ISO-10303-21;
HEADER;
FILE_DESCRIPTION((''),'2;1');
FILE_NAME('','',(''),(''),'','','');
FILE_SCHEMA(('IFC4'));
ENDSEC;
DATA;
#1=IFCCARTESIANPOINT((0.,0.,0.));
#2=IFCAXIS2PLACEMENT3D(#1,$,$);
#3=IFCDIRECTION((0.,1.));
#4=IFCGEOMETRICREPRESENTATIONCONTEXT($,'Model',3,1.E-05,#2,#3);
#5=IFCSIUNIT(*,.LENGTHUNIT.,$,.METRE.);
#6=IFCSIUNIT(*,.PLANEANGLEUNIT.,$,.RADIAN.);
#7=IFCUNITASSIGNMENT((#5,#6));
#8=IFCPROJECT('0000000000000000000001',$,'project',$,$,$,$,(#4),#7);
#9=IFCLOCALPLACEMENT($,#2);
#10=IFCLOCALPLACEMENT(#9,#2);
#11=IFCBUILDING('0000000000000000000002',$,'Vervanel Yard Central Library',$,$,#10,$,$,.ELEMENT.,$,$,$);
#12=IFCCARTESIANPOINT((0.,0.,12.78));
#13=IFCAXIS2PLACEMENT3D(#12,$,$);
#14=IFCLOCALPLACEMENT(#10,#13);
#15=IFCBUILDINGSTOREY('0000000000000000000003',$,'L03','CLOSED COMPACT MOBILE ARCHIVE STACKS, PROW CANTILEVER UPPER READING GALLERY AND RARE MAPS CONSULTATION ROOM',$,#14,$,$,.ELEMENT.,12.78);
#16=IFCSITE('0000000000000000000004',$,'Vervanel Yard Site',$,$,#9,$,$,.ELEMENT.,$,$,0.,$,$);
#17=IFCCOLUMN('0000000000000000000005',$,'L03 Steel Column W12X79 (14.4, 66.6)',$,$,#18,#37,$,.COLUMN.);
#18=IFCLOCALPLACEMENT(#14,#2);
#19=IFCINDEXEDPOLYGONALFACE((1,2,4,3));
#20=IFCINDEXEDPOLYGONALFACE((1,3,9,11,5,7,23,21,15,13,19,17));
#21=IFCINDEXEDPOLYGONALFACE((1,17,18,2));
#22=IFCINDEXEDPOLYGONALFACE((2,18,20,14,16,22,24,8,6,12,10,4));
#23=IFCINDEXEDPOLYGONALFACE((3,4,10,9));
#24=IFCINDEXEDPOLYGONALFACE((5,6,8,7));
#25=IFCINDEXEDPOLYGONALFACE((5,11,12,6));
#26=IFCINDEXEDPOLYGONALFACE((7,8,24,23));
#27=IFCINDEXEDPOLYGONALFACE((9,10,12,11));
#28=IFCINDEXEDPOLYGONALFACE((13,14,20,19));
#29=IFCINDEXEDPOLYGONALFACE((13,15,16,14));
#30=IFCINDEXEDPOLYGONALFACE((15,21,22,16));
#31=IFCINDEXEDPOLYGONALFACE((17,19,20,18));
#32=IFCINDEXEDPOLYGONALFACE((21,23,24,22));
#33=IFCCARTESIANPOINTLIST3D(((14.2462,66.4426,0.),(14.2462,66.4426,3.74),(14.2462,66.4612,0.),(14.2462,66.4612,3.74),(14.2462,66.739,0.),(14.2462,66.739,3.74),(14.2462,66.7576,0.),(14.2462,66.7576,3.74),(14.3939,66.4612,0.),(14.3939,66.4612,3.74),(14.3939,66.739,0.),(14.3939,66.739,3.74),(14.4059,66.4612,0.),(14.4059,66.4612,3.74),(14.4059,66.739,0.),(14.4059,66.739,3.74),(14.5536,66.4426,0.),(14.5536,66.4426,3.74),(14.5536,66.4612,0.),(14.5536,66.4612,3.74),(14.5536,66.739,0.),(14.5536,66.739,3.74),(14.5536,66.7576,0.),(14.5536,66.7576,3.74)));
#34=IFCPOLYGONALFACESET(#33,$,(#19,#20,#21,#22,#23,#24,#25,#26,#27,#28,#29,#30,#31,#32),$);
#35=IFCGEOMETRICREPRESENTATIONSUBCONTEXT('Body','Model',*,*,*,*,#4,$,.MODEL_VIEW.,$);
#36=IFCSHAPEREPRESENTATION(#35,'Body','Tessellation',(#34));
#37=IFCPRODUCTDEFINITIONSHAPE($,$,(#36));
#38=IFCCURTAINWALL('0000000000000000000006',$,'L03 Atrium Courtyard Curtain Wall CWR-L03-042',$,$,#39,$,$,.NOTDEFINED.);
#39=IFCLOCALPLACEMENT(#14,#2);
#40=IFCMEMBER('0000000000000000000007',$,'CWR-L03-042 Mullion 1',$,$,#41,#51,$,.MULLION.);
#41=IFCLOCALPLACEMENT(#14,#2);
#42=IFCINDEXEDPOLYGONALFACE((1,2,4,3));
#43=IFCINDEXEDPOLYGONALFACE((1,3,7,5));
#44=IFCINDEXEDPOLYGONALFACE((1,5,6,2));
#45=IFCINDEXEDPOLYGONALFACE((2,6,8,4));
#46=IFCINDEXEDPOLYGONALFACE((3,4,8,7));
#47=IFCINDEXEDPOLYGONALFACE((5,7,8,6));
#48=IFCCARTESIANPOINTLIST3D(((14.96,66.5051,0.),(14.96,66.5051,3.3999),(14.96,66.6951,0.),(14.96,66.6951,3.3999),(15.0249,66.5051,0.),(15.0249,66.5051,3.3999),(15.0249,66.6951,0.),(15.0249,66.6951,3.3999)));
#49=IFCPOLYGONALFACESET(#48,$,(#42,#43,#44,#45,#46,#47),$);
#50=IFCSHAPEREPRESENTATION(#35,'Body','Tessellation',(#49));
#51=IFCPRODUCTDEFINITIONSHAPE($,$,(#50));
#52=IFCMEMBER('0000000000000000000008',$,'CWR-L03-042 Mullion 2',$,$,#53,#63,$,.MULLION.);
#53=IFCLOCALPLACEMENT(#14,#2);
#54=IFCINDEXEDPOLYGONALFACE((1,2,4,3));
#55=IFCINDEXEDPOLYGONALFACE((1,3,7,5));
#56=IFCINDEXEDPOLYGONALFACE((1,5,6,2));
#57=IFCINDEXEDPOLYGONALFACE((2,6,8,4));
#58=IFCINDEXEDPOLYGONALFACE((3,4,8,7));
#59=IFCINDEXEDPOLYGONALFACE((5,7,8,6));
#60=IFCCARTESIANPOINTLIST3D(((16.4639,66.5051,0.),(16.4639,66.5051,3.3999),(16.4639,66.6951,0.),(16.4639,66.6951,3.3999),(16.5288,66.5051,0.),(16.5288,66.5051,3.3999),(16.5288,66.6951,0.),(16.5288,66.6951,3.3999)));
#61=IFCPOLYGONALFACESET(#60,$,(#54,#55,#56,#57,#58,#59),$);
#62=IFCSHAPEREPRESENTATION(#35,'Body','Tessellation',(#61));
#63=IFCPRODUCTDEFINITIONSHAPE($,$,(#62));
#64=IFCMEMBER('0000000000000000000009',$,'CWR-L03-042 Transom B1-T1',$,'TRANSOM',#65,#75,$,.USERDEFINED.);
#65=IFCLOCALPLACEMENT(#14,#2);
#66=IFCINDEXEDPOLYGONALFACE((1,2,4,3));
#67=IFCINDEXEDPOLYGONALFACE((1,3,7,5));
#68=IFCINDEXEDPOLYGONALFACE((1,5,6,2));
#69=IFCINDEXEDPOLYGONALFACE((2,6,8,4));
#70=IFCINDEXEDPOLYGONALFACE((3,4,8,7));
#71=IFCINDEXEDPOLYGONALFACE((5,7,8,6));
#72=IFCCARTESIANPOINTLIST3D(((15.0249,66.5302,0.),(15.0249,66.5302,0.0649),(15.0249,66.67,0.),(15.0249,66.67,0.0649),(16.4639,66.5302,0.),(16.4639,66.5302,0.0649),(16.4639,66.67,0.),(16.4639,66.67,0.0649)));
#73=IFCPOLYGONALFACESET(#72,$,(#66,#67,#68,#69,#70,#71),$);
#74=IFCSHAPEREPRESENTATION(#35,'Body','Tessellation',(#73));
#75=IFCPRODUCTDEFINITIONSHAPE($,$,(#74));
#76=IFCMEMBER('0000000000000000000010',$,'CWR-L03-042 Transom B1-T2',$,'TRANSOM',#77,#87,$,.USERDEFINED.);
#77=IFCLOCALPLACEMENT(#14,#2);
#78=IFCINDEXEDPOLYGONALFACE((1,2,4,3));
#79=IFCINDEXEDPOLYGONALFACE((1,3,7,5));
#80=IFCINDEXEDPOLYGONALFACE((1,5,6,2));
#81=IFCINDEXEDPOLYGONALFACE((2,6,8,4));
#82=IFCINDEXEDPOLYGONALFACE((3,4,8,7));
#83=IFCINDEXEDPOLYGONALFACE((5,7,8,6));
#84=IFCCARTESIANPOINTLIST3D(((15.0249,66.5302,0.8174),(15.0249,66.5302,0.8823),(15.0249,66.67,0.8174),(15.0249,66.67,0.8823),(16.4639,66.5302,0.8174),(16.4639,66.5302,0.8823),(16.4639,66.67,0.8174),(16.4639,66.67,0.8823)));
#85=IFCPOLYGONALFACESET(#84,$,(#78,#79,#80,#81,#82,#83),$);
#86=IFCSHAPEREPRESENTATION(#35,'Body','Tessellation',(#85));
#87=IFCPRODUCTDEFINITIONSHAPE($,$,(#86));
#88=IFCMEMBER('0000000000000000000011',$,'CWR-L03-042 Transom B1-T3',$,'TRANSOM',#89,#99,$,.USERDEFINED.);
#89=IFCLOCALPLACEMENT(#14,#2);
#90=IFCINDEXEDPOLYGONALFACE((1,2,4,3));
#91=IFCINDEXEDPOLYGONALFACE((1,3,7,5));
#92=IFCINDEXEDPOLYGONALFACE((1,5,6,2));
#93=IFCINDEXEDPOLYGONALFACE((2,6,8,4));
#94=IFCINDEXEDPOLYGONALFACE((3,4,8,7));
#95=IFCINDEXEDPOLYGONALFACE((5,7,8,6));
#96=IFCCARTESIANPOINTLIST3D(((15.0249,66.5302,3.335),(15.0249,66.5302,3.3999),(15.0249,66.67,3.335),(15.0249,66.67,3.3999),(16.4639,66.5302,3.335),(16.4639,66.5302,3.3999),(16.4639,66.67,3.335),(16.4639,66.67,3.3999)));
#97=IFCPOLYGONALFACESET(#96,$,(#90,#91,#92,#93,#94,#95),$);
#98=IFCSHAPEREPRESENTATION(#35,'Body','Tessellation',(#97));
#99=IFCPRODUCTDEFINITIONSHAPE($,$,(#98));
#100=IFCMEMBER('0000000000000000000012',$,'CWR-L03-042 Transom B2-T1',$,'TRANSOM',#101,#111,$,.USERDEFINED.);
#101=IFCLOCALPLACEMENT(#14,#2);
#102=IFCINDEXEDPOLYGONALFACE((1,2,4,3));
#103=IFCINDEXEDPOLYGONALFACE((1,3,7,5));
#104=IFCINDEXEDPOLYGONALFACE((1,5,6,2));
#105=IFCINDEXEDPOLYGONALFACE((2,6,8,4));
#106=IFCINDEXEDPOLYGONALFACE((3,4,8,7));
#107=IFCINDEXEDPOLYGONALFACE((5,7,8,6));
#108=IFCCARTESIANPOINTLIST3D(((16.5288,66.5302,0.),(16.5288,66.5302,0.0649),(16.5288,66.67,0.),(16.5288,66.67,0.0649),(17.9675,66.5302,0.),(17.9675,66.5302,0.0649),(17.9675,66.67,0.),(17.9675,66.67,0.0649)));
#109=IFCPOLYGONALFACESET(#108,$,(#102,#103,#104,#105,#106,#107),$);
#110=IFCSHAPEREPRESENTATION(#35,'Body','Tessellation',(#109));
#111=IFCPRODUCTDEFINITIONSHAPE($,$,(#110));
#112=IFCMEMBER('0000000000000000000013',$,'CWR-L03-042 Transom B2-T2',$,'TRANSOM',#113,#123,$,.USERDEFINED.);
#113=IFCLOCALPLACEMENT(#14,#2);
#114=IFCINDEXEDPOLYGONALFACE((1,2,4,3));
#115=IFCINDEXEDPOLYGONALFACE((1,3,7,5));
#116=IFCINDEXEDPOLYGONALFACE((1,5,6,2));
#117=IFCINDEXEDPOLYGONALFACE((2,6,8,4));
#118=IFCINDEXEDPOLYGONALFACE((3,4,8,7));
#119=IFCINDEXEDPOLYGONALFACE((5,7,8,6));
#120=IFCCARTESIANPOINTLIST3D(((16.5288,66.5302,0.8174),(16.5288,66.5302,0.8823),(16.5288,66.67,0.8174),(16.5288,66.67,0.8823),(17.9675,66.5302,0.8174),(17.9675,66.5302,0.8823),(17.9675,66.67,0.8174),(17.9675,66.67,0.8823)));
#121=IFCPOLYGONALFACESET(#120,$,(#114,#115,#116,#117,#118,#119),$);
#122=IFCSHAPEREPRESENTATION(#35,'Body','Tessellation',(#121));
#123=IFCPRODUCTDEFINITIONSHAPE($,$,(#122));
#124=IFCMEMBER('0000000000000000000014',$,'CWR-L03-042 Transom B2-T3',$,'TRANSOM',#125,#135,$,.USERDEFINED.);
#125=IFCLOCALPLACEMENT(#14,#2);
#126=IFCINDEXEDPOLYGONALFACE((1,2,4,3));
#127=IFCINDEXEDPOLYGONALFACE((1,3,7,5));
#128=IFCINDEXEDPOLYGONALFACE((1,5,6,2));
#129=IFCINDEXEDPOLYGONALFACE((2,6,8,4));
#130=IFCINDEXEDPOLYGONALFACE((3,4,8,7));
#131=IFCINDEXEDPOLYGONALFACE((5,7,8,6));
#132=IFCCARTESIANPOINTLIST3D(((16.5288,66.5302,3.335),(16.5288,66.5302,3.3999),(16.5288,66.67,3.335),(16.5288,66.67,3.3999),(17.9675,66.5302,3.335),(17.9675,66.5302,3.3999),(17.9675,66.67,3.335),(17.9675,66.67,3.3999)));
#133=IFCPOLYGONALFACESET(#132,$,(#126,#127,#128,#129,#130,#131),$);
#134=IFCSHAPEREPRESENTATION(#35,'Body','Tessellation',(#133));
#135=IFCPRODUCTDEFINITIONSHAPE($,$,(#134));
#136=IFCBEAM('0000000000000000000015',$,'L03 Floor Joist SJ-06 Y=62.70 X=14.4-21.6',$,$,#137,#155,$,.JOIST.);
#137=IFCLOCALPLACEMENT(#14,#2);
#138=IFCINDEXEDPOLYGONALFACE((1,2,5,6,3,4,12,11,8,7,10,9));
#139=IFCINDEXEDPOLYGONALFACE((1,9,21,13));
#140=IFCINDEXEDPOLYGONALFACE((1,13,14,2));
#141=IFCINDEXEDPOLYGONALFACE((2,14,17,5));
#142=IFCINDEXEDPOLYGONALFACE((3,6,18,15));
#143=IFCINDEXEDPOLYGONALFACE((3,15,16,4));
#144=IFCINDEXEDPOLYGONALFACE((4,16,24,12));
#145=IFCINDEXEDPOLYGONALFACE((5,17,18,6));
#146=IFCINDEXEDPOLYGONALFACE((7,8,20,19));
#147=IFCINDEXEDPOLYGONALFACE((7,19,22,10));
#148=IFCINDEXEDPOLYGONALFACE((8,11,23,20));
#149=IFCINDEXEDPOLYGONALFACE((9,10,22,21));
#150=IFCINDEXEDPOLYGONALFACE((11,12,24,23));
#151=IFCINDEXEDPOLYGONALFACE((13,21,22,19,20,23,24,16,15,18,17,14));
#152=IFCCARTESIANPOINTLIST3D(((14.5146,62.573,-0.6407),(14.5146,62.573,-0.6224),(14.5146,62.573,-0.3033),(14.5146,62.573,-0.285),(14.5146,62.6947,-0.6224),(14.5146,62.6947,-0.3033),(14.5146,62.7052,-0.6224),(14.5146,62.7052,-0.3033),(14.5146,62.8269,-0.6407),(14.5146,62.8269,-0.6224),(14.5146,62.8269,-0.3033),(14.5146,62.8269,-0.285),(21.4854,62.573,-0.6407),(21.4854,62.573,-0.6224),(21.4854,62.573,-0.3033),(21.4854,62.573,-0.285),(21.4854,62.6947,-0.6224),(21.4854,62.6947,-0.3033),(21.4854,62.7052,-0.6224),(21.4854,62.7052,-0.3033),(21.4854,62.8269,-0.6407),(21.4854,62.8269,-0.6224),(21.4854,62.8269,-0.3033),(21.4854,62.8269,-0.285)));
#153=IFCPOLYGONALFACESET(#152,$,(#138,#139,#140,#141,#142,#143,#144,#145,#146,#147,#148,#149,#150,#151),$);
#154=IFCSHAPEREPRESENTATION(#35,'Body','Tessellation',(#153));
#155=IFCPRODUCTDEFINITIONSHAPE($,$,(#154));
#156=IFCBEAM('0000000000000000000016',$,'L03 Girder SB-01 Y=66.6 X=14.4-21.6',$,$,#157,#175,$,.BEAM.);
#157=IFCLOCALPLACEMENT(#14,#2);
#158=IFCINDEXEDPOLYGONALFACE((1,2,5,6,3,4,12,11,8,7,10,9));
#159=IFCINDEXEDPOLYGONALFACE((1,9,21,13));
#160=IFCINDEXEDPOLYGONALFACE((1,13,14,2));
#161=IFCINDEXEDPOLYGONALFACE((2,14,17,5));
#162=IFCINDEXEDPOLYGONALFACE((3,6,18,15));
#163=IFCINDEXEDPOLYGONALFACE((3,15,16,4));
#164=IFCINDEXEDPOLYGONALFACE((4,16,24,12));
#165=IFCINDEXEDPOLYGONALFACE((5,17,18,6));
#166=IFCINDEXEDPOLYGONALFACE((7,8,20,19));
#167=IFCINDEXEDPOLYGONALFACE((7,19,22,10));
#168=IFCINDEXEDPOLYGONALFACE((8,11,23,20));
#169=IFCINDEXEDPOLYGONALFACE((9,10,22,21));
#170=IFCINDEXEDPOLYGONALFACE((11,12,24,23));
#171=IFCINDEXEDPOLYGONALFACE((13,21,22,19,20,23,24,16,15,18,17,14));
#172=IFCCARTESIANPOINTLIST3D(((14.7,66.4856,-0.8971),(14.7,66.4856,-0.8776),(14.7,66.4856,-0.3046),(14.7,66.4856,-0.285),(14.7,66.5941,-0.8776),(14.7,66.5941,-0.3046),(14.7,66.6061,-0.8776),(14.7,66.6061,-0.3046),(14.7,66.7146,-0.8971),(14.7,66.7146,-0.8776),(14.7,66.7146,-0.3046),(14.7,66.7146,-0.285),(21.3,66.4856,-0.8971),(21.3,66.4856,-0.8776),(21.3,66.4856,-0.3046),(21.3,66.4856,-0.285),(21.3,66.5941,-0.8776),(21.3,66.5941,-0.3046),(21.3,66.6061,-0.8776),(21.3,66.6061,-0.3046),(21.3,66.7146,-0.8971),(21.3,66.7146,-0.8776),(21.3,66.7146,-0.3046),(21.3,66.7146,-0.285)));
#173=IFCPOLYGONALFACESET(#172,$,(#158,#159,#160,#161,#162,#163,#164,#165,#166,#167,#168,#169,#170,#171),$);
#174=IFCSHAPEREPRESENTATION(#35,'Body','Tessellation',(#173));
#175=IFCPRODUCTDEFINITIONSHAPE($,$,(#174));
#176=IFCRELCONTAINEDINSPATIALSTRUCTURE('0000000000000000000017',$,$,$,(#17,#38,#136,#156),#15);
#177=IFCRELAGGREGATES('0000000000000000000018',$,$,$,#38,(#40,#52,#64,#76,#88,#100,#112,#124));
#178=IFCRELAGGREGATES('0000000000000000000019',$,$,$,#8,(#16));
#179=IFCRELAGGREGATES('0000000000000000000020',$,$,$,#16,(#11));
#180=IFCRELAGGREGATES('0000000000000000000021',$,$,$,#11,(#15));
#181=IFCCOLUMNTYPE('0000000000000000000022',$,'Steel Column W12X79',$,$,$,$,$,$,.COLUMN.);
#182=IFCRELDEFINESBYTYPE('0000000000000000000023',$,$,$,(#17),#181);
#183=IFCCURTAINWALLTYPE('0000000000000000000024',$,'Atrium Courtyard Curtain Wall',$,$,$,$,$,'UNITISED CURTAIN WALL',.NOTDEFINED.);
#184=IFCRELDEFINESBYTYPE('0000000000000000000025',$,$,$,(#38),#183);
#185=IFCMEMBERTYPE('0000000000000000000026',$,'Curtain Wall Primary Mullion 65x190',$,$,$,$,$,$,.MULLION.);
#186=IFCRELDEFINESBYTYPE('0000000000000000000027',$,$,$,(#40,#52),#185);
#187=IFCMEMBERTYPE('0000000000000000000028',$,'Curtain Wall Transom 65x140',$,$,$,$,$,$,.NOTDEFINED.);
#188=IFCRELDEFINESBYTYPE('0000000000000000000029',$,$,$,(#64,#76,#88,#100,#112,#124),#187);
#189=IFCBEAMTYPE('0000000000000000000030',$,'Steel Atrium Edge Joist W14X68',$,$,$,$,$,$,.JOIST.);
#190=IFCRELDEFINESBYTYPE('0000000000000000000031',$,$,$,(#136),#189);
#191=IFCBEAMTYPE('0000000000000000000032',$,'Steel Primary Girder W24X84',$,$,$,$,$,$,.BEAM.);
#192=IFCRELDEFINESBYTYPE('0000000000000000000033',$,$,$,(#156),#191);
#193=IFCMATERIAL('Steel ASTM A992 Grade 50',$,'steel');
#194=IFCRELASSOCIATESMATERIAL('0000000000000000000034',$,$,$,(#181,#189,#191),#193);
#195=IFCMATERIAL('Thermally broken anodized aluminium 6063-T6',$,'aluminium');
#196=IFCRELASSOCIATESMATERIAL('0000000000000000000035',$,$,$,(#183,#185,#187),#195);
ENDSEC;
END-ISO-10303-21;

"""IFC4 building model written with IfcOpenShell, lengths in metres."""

from ifc_helpers import new_model, si_unit, direction, frame, origin, origin_2d, place, context, subcontext, project, spatial, rectangle, i_section, extrude, material, material_profile, profile_set, type_object, element, aggregate, save


model = new_model("IFC4")

# Units and contexts
model_context = context("Model", 3, precision=1e-05, world=origin(), true_north=direction((0.0, 1.0)))
body_context = subcontext(model_context, "Body", "Model", "MODEL_VIEW")
ifc_project = project(units=[si_unit("LENGTHUNIT", "METRE"), si_unit("PLANEANGLEUNIT", "RADIAN")], contexts=[model_context])

# Site, building, storey
site_placement = place(None, origin())
site = spatial("IfcSite", under=ifc_project, at=site_placement, Name="Vervanel Yard Site", CompositionType="ELEMENT", RefElevation=0.0)
building_placement = place(site_placement, origin())
building = spatial("IfcBuilding", under=site, at=building_placement, Name="Vervanel Yard Central Library", CompositionType="ELEMENT")
storey_placement = place(building_placement, frame((0.0, 0.0, 12.78)))
storey = spatial("IfcBuildingStorey", under=building, at=storey_placement, Name="L03", Description="CLOSED COMPACT MOBILE ARCHIVE STACKS, PROW CANTILEVER UPPER READING GALLERY AND RARE MAPS CONSULTATION ROOM", CompositionType="ELEMENT", Elevation=12.78)

# Column
ifc_material_1 = material(Name="Steel ASTM A992 Grade 50", Category="steel")
ifc_material_profile_1 = material_profile(ifc_material_1, i_section(OverallWidth=0.3074, OverallDepth=0.3149, WebThickness=0.012, FlangeThickness=0.0186, at=origin_2d()), Name="W12X79", Category="steel")
ifc_profile_set_1 = profile_set([ifc_material_profile_1], Name="Steel ASTM A992 Grade 50")
column_type = type_object("IfcColumnType", Name="Steel Column W12X79", PredefinedType="COLUMN", material=ifc_profile_set_1)
column_placement = place(storey_placement, frame((14.3999, 66.6001, 0.0), z_axis=(0.0, 0.0, 1.0), x_axis=(1.0, 0.0, 0.0)))
element("IfcColumn", 1, at=column_placement, inside=storey, type_object=column_type, Name="L03 Steel Column W12X79 (14.4, 66.6)", PredefinedType="COLUMN", context=body_context, shape_type="SweptSolid", body=[
    extrude(i_section(OverallWidth=0.3074, OverallDepth=0.3149, WebThickness=0.012, FlangeThickness=0.0186, at=origin_2d()), origin(), (0.0, 0.0, 1.0), 3.74),
])

# Curtain wall, members
ifc_material_2 = material(Name="Thermally broken anodized aluminium 6063-T6", Category="aluminium")
curtain_wall_type = type_object("IfcCurtainWallType", Name="Atrium Courtyard Curtain Wall", ElementType="UNITISED CURTAIN WALL", PredefinedType="NOTDEFINED", material=ifc_material_2)
curtain_wall_placement = place(storey_placement, origin())
curtain_wall = element("IfcCurtainWall", 2, at=curtain_wall_placement, inside=storey, type_object=curtain_wall_type, Name="L03 Atrium Courtyard Curtain Wall CWR-L03-042", PredefinedType="NOTDEFINED")
ifc_material_profile_2 = material_profile(ifc_material_2, rectangle(XDim=0.0649, YDim=0.1899, at=origin_2d()), Name="ALU 65x190", Category="aluminium")
ifc_profile_set_2 = profile_set([ifc_material_profile_2], Name="Thermally broken anodized aluminium 6063-T6")
member_type_1 = type_object("IfcMemberType", Name="Curtain Wall Primary Mullion 65x190", PredefinedType="MULLION", material=ifc_profile_set_2)
member_1_placement = place(storey_placement, frame((14.9924, 66.6001, 0.0), z_axis=(0.0, 0.0, 1.0), x_axis=(1.0, 0.0, 0.0)))
member_1 = element("IfcMember", 3, at=member_1_placement, type_object=member_type_1, Name="CWR-L03-042 Mullion 1", PredefinedType="MULLION", context=body_context, shape_type="SweptSolid", body=[
    extrude(rectangle(XDim=0.0649, YDim=0.1899, at=origin_2d()), origin(), (0.0, 0.0, 1.0), 3.3999),
])
member_2_placement = place(storey_placement, frame((16.4963, 66.6001, 0.0), z_axis=(0.0, 0.0, 1.0), x_axis=(1.0, 0.0, 0.0)))
member_2 = element("IfcMember", 4, at=member_2_placement, type_object=member_type_1, Name="CWR-L03-042 Mullion 2", PredefinedType="MULLION", context=body_context, shape_type="SweptSolid", body=[
    extrude(rectangle(XDim=0.0649, YDim=0.1899, at=origin_2d()), origin(), (0.0, 0.0, 1.0), 3.3999),
])
ifc_material_profile_3 = material_profile(ifc_material_2, rectangle(XDim=0.0649, YDim=0.1399, at=origin_2d()), Name="ALU 65x140", Category="aluminium")
ifc_profile_set_3 = profile_set([ifc_material_profile_3], Name="Thermally broken anodized aluminium 6063-T6")
member_type_2 = type_object("IfcMemberType", Name="Curtain Wall Transom 65x140", PredefinedType="NOTDEFINED", material=ifc_profile_set_3)
member_3_placement = place(storey_placement, frame((15.0249, 66.6001, 0.0325), z_axis=(1.0, 0.0, 0.0), x_axis=(0.0, 0.0, 1.0)))
member_3 = element("IfcMember", 5, at=member_3_placement, type_object=member_type_2, Name="CWR-L03-042 Transom B1-T1", ObjectType="TRANSOM", PredefinedType="USERDEFINED", context=body_context, shape_type="SweptSolid", body=[
    extrude(rectangle(XDim=0.0649, YDim=0.1399, at=origin_2d()), origin(), (0.0, 0.0, 1.0), 1.439),
])
member_4_placement = place(storey_placement, frame((15.0249, 66.6001, 0.8499), z_axis=(1.0, 0.0, 0.0), x_axis=(0.0, 0.0, 1.0)))
member_4 = element("IfcMember", 6, at=member_4_placement, type_object=member_type_2, Name="CWR-L03-042 Transom B1-T2", ObjectType="TRANSOM", PredefinedType="USERDEFINED", context=body_context, shape_type="SweptSolid", body=[
    extrude(rectangle(XDim=0.0649, YDim=0.1399, at=origin_2d()), origin(), (0.0, 0.0, 1.0), 1.439),
])
member_5_placement = place(storey_placement, frame((15.0249, 66.6001, 3.3674), z_axis=(1.0, 0.0, 0.0), x_axis=(0.0, 0.0, 1.0)))
member_5 = element("IfcMember", 7, at=member_5_placement, type_object=member_type_2, Name="CWR-L03-042 Transom B1-T3", ObjectType="TRANSOM", PredefinedType="USERDEFINED", context=body_context, shape_type="SweptSolid", body=[
    extrude(rectangle(XDim=0.0649, YDim=0.1399, at=origin_2d()), origin(), (0.0, 0.0, 1.0), 1.439),
])
member_6_placement = place(storey_placement, frame((16.5288, 66.6001, 0.0325), z_axis=(1.0, 0.0, 0.0), x_axis=(0.0, 0.0, 1.0)))
member_6 = element("IfcMember", 8, at=member_6_placement, type_object=member_type_2, Name="CWR-L03-042 Transom B2-T1", ObjectType="TRANSOM", PredefinedType="USERDEFINED", context=body_context, shape_type="SweptSolid", body=[
    extrude(rectangle(XDim=0.0649, YDim=0.1399, at=origin_2d()), origin(), (0.0, 0.0, 1.0), 1.4387),
])
member_7_placement = place(storey_placement, frame((16.5288, 66.6001, 0.8499), z_axis=(1.0, 0.0, 0.0), x_axis=(0.0, 0.0, 1.0)))
member_7 = element("IfcMember", 9, at=member_7_placement, type_object=member_type_2, Name="CWR-L03-042 Transom B2-T2", ObjectType="TRANSOM", PredefinedType="USERDEFINED", context=body_context, shape_type="SweptSolid", body=[
    extrude(rectangle(XDim=0.0649, YDim=0.1399, at=origin_2d()), origin(), (0.0, 0.0, 1.0), 1.4387),
])
member_8_placement = place(storey_placement, frame((16.5288, 66.6001, 3.3674), z_axis=(1.0, 0.0, 0.0), x_axis=(0.0, 0.0, 1.0)))
member_8 = element("IfcMember", 10, at=member_8_placement, type_object=member_type_2, Name="CWR-L03-042 Transom B2-T3", ObjectType="TRANSOM", PredefinedType="USERDEFINED", context=body_context, shape_type="SweptSolid", body=[
    extrude(rectangle(XDim=0.0649, YDim=0.1399, at=origin_2d()), origin(), (0.0, 0.0, 1.0), 1.4387),
])

# Beams
ifc_material_profile_4 = material_profile(ifc_material_1, i_section(OverallWidth=0.2539, OverallDepth=0.3557, WebThickness=0.0105, FlangeThickness=0.0183, at=origin_2d()), Name="W14X68", Category="steel")
ifc_profile_set_4 = profile_set([ifc_material_profile_4], Name="Steel ASTM A992 Grade 50")
beam_type_1 = type_object("IfcBeamType", Name="Steel Atrium Edge Joist W14X68", PredefinedType="JOIST", material=ifc_profile_set_4)
beam_1_placement = place(storey_placement, frame((14.5146, 62.7, -0.4629), z_axis=(1.0, 0.0, 0.0), x_axis=(0.0, 1.0, 0.0)))
element("IfcBeam", 11, at=beam_1_placement, inside=storey, type_object=beam_type_1, Name="L03 Floor Joist SJ-06 Y=62.70 X=14.4-21.6", PredefinedType="JOIST", context=body_context, shape_type="SweptSolid", body=[
    extrude(i_section(OverallWidth=0.2539, OverallDepth=0.3557, WebThickness=0.0105, FlangeThickness=0.0183, at=origin_2d()), origin(), (0.0, 0.0, 1.0), 6.9707),
])
ifc_material_profile_5 = material_profile(ifc_material_1, i_section(OverallWidth=0.229, OverallDepth=0.6121, WebThickness=0.012, FlangeThickness=0.0195, at=origin_2d()), Name="W24X84", Category="steel")
ifc_profile_set_5 = profile_set([ifc_material_profile_5], Name="Steel ASTM A992 Grade 50")
beam_type_2 = type_object("IfcBeamType", Name="Steel Primary Girder W24X84", PredefinedType="BEAM", material=ifc_profile_set_5)
beam_2_placement = place(storey_placement, frame((14.7, 66.6001, -0.5911), z_axis=(1.0, 0.0, 0.0), x_axis=(0.0, 1.0, 0.0)))
element("IfcBeam", 12, at=beam_2_placement, inside=storey, type_object=beam_type_2, Name="L03 Girder SB-01 Y=66.6 X=14.4-21.6", PredefinedType="BEAM", context=body_context, shape_type="SweptSolid", body=[
    extrude(i_section(OverallWidth=0.229, OverallDepth=0.6121, WebThickness=0.012, FlangeThickness=0.0195, at=origin_2d()), origin(), (0.0, 0.0, 1.0), 6.6001),
])

aggregate(curtain_wall, [member_1, member_2, member_3, member_4, member_5, member_6, member_7, member_8])

save(model, "model.ifc")
